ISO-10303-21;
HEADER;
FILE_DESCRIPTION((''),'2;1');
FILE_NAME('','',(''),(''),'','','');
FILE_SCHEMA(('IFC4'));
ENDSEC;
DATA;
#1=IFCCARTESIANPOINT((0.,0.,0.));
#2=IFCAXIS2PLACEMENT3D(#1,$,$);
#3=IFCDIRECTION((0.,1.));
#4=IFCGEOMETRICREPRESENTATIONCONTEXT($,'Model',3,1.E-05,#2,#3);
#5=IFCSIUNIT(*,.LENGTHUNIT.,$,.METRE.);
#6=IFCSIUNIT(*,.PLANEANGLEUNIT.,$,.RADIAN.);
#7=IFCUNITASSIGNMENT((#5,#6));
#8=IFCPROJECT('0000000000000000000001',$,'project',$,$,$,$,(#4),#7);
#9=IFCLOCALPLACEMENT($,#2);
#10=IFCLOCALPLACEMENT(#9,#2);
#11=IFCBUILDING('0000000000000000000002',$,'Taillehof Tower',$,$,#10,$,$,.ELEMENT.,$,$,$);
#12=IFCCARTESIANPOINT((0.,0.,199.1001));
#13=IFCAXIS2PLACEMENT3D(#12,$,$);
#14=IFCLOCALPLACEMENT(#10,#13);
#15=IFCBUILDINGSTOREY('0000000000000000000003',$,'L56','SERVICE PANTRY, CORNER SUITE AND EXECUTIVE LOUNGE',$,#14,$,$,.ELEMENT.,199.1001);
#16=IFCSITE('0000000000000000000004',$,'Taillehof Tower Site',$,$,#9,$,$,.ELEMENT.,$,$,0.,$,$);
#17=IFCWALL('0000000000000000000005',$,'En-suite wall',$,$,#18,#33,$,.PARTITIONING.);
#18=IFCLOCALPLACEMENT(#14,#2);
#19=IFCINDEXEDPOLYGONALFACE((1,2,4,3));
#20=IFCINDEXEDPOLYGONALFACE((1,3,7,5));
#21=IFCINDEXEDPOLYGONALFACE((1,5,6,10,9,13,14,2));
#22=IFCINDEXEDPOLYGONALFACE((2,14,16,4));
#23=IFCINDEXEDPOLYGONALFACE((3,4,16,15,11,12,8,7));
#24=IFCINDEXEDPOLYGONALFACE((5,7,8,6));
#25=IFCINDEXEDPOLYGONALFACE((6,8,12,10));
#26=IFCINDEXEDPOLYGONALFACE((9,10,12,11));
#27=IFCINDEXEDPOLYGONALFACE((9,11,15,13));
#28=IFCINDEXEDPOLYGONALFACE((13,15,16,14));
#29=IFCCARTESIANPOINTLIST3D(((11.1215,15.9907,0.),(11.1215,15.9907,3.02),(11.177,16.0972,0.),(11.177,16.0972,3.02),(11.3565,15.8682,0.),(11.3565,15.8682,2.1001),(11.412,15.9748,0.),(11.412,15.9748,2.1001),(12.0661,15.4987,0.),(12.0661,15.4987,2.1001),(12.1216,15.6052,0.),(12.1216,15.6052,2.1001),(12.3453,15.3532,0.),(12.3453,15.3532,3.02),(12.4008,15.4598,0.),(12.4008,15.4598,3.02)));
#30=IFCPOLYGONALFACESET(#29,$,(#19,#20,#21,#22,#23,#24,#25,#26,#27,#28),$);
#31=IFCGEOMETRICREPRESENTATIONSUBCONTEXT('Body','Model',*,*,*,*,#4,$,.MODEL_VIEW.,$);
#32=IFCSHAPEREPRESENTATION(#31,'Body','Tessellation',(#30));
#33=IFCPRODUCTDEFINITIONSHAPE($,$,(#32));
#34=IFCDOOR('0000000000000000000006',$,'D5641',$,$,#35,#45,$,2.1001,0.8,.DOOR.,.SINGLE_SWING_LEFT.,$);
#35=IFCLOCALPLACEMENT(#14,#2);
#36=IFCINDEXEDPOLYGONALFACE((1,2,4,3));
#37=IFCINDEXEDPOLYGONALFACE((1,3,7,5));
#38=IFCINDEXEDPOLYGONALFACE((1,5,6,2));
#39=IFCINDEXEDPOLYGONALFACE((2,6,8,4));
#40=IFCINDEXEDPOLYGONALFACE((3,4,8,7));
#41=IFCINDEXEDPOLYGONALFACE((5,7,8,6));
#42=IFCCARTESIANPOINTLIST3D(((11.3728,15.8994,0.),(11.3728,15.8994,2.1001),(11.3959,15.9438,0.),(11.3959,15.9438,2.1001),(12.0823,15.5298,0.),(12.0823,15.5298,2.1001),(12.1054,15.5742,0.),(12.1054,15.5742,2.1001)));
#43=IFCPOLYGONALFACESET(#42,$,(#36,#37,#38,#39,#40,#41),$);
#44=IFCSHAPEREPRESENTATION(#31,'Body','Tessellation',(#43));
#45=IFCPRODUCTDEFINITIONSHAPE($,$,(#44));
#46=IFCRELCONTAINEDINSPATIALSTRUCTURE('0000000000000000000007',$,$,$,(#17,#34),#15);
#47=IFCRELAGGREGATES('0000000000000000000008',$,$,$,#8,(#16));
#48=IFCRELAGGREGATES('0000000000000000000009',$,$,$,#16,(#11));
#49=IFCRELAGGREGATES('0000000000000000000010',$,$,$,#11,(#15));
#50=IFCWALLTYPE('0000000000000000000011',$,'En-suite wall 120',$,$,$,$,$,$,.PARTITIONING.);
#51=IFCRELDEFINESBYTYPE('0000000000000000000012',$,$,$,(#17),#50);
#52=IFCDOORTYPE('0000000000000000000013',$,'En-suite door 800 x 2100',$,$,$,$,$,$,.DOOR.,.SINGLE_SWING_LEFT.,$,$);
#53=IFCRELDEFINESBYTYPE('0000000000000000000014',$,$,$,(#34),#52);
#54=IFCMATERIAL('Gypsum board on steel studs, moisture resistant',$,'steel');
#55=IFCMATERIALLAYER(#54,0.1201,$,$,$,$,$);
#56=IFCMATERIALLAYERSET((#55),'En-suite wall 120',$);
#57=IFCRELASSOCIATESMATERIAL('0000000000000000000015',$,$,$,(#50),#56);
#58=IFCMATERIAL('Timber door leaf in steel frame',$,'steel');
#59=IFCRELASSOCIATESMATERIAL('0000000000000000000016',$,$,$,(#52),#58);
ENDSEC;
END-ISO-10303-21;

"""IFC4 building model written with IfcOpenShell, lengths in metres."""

from ifc_helpers import new_model, si_unit, direction, frame, frame_2d, origin, place, context, subcontext, project, spatial, rectangle, extrude, material, layer, layer_set, type_object, element, fill, save


model = new_model("IFC4")

# Units and contexts
model_context = context("Model", 3, precision=1e-05, world=origin(), true_north=direction((0.0, 1.0)))
body_context = subcontext(model_context, "Body", "Model", "MODEL_VIEW")
ifc_project = project(units=[si_unit("LENGTHUNIT", "METRE"), si_unit("PLANEANGLEUNIT", "RADIAN")], contexts=[model_context])

# Site, building, storey
site_placement = place(None, origin())
site = spatial("IfcSite", under=ifc_project, at=site_placement, Name="Taillehof Tower Site", CompositionType="ELEMENT", RefElevation=0.0)
building_placement = place(site_placement, origin())
building = spatial("IfcBuilding", under=site, at=building_placement, Name="Taillehof Tower", CompositionType="ELEMENT")
storey_placement = place(building_placement, frame((0.0, 0.0, 199.1001)))
storey = spatial("IfcBuildingStorey", under=building, at=storey_placement, Name="L56", Description="SERVICE PANTRY, CORNER SUITE AND EXECUTIVE LOUNGE", CompositionType="ELEMENT", Elevation=199.1001)

# Shared definitions
ifc_material_1 = material(Name="Gypsum board on steel studs, moisture resistant", Category="steel")
ifc_layer_1 = layer(ifc_material_1, 0.1201)
ifc_layer_set_1 = layer_set([ifc_layer_1], Name="En-suite wall 120")
wall_type_1 = type_object("IfcWallType", Name="En-suite wall 120", PredefinedType="PARTITIONING", material=ifc_layer_set_1)

# Wall, opening, door
wall_1_placement = place(storey_placement, frame((12.373, 15.4065, 0.0), z_axis=(0.0, 0.0, 1.0), x_axis=(-0.88691, 0.461943, 0.0)))
wall_1 = element("IfcWall", 1, at=wall_1_placement, inside=storey, type_object=wall_type_1, Name="En-suite wall", PredefinedType="PARTITIONING", context=body_context, shape_type="SweptSolid", body=[
    extrude(rectangle(XDim=1.3799, YDim=0.1201, at=frame_2d((0.6899, 0.0))), origin(), (0.0, 0.0, 1.0), 3.02),
])
opening_1_placement = place(wall_1_placement, frame((0.3149, 0.0, 0.0)))
opening_1 = element("IfcOpeningElement", 2, at=opening_1_placement, cuts=wall_1, PredefinedType="OPENING", context=body_context, shape_type="SweptSolid", body=[
    extrude(rectangle(XDim=0.8, YDim=2.1001, at=frame_2d((0.3999, 1.05))), frame((0.0, 0.0701, 0.0), z_axis=(0.0, -1.0, 0.0), x_axis=(1.0, 0.0, 0.0)), (0.0, 0.0, 1.0), 0.1401),
])
ifc_material_2 = material(Name="Timber door leaf in steel frame", Category="steel")
door_type = type_object("IfcDoorType", Name="En-suite door 800 x 2100", OperationType="SINGLE_SWING_LEFT", PredefinedType="DOOR", material=ifc_material_2)
door_placement = place(opening_1_placement, origin())
door = element("IfcDoor", 3, at=door_placement, inside=storey, type_object=door_type, Name="D5641", OperationType="SINGLE_SWING_LEFT", OverallHeight=2.1001, OverallWidth=0.8, PredefinedType="DOOR", context=body_context, shape_type="SweptSolid", body=[
    extrude(rectangle(XDim=0.8, YDim=2.1001, at=frame_2d((0.3999, 1.05))), frame((0.0, 0.0249, 0.0), z_axis=(0.0, -1.0, 0.0), x_axis=(1.0, 0.0, 0.0)), (0.0, 0.0, 1.0), 0.05),
])
fill(opening_1, door)

save(model, "model.ifc")
